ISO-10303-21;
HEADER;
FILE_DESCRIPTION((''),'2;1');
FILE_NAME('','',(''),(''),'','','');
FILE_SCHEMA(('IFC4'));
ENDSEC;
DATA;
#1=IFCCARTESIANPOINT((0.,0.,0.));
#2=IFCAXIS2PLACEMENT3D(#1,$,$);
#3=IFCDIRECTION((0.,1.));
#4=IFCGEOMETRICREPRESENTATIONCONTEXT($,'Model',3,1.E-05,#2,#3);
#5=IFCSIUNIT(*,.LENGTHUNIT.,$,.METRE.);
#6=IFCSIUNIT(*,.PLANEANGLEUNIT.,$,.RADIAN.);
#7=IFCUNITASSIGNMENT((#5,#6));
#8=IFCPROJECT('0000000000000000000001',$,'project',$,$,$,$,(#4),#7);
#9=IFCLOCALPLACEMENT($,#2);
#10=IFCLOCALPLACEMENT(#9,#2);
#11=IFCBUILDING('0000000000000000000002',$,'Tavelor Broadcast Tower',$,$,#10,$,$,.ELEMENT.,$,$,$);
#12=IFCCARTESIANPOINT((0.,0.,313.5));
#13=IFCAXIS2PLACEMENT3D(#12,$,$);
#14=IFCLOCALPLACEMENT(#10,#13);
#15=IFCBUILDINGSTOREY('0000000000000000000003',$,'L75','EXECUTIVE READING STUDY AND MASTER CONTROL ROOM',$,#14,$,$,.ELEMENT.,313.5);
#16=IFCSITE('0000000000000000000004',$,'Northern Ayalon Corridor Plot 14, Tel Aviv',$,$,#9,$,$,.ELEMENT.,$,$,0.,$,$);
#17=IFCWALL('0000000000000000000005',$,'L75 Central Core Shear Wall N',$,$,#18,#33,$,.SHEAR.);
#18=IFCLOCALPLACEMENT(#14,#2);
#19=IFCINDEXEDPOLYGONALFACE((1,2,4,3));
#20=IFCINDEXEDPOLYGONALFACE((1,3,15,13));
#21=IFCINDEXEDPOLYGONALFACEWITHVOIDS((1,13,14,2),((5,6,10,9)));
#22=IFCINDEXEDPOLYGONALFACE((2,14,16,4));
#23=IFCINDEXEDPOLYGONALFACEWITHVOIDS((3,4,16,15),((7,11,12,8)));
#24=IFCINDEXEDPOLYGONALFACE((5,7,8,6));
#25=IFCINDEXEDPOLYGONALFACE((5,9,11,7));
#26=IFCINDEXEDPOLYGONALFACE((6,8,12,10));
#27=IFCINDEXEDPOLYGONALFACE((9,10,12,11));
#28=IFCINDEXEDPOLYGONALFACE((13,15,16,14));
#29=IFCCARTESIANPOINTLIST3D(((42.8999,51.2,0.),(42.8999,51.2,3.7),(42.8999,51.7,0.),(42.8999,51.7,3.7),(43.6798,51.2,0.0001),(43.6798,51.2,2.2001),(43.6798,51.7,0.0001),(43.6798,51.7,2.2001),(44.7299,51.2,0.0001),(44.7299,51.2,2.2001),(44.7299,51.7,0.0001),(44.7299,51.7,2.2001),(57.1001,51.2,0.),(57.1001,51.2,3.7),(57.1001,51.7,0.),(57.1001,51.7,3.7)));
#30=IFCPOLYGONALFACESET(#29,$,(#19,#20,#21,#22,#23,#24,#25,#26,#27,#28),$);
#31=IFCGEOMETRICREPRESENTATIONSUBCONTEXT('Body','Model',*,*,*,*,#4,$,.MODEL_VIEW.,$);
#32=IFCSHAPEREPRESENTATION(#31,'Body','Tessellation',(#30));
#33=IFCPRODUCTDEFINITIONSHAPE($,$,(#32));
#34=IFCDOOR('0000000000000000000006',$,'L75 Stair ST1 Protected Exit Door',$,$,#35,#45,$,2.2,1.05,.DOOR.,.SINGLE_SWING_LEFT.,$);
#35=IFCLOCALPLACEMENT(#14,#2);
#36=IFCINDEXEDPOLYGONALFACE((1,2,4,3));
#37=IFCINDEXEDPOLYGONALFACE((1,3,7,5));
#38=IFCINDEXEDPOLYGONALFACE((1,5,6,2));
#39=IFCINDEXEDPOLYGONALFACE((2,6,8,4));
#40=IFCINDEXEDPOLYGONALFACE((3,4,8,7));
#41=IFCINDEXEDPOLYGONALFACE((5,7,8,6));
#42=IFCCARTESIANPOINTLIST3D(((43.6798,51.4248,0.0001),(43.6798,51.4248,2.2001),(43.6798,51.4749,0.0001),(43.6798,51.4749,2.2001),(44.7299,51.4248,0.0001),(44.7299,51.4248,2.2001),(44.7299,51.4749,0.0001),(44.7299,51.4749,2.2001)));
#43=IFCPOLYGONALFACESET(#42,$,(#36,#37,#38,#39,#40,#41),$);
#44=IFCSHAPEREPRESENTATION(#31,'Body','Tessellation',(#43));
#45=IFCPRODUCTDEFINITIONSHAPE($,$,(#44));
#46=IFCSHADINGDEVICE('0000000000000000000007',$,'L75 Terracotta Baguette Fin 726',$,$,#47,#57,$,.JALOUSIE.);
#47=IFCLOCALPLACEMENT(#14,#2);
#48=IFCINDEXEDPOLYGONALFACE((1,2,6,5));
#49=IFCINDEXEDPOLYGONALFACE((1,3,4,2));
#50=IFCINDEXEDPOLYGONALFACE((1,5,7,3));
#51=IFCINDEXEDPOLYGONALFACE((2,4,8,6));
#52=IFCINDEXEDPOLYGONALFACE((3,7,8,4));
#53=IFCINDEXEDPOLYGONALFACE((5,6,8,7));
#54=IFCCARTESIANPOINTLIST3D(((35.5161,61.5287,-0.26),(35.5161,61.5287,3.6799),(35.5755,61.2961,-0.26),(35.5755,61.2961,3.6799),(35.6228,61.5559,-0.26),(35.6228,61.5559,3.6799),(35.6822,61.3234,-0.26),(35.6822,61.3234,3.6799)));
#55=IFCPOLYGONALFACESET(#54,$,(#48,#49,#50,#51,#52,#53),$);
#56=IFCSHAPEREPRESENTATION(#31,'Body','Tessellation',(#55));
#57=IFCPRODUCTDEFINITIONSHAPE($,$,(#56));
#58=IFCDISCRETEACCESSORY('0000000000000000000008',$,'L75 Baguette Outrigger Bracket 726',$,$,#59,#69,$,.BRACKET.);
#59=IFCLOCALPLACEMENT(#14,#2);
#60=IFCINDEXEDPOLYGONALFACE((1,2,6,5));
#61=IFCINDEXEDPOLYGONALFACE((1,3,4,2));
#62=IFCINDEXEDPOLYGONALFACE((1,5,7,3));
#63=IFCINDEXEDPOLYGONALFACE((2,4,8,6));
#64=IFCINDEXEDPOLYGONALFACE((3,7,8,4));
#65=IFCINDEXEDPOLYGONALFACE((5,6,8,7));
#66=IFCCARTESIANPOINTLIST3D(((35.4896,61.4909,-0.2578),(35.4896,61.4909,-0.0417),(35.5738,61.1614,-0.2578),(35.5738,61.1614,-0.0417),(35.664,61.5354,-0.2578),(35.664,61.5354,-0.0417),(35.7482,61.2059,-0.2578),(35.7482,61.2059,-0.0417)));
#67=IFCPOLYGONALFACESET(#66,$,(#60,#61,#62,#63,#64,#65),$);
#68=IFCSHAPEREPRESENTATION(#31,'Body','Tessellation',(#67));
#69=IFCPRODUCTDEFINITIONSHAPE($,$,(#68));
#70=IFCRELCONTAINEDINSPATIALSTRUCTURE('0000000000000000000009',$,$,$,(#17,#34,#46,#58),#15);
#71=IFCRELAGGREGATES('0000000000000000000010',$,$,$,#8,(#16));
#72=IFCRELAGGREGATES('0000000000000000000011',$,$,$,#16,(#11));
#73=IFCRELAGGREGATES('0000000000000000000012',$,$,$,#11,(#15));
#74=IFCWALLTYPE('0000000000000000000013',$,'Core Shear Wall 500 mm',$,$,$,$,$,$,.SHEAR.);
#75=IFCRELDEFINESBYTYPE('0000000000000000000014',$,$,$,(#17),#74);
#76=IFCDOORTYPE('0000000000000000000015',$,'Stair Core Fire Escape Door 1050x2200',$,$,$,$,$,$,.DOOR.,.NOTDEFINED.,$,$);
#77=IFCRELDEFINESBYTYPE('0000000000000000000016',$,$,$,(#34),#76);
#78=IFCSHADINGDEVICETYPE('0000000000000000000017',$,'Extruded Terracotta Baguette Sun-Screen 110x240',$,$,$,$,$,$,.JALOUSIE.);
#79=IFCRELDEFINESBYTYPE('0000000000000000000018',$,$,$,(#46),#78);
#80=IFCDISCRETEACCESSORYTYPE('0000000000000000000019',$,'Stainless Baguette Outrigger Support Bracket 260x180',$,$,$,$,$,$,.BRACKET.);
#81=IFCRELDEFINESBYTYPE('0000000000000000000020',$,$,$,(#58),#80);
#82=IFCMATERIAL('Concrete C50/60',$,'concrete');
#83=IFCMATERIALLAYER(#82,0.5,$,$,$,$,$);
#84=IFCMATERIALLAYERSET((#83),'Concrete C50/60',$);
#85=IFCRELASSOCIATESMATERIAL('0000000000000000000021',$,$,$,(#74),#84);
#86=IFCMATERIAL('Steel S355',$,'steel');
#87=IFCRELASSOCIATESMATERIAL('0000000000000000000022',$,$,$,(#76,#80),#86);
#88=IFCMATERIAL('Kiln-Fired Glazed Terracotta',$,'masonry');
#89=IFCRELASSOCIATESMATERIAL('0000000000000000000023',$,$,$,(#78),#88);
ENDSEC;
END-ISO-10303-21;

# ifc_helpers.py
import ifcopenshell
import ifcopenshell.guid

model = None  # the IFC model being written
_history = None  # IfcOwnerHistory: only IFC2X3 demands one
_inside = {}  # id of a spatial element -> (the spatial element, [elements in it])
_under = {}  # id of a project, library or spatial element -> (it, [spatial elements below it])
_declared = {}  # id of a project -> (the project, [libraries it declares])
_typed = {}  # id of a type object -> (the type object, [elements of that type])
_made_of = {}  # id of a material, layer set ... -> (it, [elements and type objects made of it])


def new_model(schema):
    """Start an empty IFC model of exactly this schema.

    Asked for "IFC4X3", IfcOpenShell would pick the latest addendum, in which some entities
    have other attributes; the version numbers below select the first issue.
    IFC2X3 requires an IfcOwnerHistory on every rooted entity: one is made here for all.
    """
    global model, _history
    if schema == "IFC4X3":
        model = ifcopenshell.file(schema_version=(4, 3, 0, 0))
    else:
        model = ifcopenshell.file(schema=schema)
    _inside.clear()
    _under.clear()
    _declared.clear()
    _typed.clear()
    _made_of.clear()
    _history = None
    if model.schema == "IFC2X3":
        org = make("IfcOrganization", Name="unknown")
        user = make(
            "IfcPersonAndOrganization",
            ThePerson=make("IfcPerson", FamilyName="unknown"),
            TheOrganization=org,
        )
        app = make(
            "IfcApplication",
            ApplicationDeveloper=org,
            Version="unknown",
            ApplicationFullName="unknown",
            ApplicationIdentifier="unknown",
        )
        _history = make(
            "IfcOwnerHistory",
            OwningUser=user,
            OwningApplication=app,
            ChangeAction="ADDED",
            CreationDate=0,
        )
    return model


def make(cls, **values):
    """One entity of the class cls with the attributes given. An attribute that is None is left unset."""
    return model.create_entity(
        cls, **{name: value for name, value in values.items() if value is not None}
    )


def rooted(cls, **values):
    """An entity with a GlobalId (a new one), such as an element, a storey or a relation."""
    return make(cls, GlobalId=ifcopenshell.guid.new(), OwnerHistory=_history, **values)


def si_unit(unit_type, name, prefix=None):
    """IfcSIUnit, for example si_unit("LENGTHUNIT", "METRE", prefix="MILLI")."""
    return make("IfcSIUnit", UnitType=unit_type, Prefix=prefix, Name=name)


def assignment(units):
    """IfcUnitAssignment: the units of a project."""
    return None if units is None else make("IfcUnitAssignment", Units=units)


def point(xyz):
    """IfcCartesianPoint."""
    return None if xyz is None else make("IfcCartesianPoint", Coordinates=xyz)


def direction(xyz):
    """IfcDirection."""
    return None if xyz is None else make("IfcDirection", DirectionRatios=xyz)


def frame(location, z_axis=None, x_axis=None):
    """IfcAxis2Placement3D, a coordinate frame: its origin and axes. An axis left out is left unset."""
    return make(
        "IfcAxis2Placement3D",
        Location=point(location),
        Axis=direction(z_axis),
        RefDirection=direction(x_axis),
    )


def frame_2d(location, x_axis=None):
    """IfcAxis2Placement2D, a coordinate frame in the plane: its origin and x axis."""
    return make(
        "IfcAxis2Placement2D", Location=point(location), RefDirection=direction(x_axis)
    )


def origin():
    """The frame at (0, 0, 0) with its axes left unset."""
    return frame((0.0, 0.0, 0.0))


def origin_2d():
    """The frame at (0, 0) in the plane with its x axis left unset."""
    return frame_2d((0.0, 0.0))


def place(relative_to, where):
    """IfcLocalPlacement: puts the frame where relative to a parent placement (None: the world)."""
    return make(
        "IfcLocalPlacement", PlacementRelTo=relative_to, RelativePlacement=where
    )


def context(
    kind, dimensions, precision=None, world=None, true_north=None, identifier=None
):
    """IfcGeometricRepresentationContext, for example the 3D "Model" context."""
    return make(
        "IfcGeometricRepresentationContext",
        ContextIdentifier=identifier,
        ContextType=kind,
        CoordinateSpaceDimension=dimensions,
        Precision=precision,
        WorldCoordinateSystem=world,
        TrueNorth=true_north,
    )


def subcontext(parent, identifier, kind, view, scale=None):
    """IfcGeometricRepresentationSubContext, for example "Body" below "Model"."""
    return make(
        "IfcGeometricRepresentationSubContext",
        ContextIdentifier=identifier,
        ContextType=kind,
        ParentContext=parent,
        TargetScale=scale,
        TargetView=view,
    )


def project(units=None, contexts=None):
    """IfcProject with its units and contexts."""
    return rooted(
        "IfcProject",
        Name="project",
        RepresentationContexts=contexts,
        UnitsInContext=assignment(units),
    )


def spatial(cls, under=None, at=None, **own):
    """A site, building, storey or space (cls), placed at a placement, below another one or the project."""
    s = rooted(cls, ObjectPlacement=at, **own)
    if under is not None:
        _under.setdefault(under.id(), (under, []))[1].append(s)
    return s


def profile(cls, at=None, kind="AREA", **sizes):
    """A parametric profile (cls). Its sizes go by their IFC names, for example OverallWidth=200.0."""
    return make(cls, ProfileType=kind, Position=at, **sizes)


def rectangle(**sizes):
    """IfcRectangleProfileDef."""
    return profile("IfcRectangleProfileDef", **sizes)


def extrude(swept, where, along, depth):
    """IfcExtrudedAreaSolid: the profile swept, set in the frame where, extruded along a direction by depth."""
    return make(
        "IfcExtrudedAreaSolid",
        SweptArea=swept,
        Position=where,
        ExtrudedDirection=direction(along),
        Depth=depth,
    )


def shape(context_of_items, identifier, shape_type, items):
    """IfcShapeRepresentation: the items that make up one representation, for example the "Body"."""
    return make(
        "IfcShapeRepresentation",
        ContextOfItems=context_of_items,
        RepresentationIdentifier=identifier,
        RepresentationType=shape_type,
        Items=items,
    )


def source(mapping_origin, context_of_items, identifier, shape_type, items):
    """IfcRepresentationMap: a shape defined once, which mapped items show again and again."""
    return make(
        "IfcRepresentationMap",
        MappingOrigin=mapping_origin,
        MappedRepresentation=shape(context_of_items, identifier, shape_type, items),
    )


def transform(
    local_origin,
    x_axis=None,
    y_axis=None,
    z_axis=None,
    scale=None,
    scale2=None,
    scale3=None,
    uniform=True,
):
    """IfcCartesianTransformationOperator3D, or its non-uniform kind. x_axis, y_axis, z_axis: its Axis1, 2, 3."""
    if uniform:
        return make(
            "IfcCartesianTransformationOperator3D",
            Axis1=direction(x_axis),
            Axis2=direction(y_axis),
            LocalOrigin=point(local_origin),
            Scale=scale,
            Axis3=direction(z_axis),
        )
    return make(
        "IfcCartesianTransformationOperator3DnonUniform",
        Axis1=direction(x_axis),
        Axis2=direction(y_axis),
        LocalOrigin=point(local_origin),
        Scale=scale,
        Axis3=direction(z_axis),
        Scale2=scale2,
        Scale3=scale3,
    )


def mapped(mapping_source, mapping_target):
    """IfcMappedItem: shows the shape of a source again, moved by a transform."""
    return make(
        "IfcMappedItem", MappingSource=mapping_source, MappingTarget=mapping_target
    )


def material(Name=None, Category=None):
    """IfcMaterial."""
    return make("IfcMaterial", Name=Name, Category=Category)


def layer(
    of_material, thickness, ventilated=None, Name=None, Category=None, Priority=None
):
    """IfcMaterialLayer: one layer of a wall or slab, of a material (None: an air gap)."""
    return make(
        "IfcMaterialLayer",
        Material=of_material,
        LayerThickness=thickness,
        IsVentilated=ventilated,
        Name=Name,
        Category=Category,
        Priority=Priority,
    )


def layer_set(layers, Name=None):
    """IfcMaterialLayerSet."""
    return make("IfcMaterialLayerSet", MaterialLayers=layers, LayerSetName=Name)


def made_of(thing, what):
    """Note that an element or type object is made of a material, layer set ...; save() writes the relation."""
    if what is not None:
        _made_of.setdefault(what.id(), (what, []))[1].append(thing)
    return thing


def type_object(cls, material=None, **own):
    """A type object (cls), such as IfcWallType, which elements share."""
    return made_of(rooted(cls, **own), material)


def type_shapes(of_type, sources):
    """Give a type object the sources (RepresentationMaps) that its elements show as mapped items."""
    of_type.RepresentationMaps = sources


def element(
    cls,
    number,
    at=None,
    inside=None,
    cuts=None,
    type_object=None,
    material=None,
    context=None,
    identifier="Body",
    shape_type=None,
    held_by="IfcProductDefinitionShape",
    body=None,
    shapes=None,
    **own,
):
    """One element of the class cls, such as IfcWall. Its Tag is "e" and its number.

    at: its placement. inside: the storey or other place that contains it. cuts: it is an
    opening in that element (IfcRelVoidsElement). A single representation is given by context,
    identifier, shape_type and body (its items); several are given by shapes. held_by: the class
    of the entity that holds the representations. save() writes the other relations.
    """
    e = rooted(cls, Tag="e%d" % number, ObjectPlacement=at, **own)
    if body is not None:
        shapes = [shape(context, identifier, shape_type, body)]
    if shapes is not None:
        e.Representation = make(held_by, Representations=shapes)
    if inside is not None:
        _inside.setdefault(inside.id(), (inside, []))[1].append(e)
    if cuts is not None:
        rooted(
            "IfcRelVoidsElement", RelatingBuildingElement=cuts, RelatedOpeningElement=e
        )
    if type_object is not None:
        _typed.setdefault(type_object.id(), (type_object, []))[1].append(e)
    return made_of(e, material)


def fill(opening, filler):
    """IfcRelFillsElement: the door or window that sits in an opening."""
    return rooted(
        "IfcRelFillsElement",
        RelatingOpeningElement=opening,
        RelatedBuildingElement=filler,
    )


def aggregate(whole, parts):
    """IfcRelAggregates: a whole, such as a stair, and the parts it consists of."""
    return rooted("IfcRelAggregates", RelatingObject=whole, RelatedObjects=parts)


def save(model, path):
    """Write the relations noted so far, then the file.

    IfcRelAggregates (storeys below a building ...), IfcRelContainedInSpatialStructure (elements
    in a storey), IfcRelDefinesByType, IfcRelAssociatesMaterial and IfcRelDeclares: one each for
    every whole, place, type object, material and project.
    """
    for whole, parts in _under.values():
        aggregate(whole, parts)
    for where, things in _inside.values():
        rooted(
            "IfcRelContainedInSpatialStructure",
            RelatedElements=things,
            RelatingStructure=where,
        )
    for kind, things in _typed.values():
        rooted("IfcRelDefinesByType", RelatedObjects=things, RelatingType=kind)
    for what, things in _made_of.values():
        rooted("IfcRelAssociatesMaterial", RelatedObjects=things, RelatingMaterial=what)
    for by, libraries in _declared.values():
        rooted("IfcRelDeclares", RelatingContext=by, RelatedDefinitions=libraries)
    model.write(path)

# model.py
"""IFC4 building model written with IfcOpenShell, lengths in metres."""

from ifc_helpers import new_model, si_unit, direction, frame, frame_2d, origin, origin_2d, place, context, subcontext, project, spatial, rectangle, extrude, source, transform, mapped, material, layer, layer_set, type_object, type_shapes, element, fill, save


model = new_model("IFC4")

# Units and contexts
model_context = context("Model", 3, precision=1e-05, world=origin(), true_north=direction((0.0, 1.0)))
body_context = subcontext(model_context, "Body", "Model", "MODEL_VIEW")
ifc_project = project(units=[si_unit("LENGTHUNIT", "METRE"), si_unit("PLANEANGLEUNIT", "RADIAN")], contexts=[model_context])

# Site, building, storey
site_placement = place(None, origin())
site = spatial("IfcSite", under=ifc_project, at=site_placement, Name="Northern Ayalon Corridor Plot 14, Tel Aviv", CompositionType="ELEMENT", RefElevation=0.0)
building_placement = place(site_placement, origin())
building = spatial("IfcBuilding", under=site, at=building_placement, Name="Tavelor Broadcast Tower", CompositionType="ELEMENT")
storey_placement = place(building_placement, frame((0.0, 0.0, 313.5)))
storey = spatial("IfcBuildingStorey", under=building, at=storey_placement, Name="L75", Description="EXECUTIVE READING STUDY AND MASTER CONTROL ROOM", CompositionType="ELEMENT", Elevation=313.5)

# Shared definitions
ifc_material_1 = material(Name="Steel S355", Category="steel")

# Wall, opening, door
ifc_material_2 = material(Name="Concrete C50/60", Category="concrete")
ifc_layer_1 = layer(ifc_material_2, 0.5)
ifc_layer_set_1 = layer_set([ifc_layer_1], Name="Concrete C50/60")
wall_type = type_object("IfcWallType", Name="Core Shear Wall 500 mm", PredefinedType="SHEAR", material=ifc_layer_set_1)
wall_placement = place(storey_placement, frame((42.8999, 51.45, 0.0), z_axis=(0.0, 0.0, 1.0), x_axis=(1.0, 0.0, 0.0)))
wall = element("IfcWall", 1, at=wall_placement, inside=storey, type_object=wall_type, Name="L75 Central Core Shear Wall N", PredefinedType="SHEAR", context=body_context, shape_type="SweptSolid", body=[
    extrude(rectangle(XDim=14.2002, YDim=0.5, at=frame_2d((7.1001, 0.0))), origin(), (0.0, 0.0, 1.0), 3.7),
])
opening_placement = place(wall_placement, frame((0.78, 0.0, 0.0)))
opening = element("IfcOpeningElement", 2, at=opening_placement, cuts=wall, PredefinedType="OPENING", context=body_context, shape_type="SweptSolid", body=[
    extrude(rectangle(XDim=1.05, YDim=2.2, at=frame_2d((0.5249, 1.1001))), frame((0.0, 0.26, 0.0), z_axis=(0.0, -1.0, 0.0), x_axis=(1.0, 0.0, 0.0)), (0.0, 0.0, 1.0), 0.52),
])
door_type = type_object("IfcDoorType", Name="Stair Core Fire Escape Door 1050x2200", OperationType="NOTDEFINED", PredefinedType="DOOR", material=ifc_material_1)
door_placement = place(opening_placement, origin())
door = element("IfcDoor", 3, at=door_placement, inside=storey, type_object=door_type, Name="L75 Stair ST1 Protected Exit Door", OperationType="SINGLE_SWING_LEFT", OverallHeight=2.2, OverallWidth=1.05, PredefinedType="DOOR", context=body_context, shape_type="SweptSolid", body=[
    extrude(rectangle(XDim=1.05, YDim=2.2, at=frame_2d((0.5249, 1.1001))), frame((0.0, 0.0249, 0.0), z_axis=(0.0, -1.0, 0.0), x_axis=(1.0, 0.0, 0.0)), (0.0, 0.0, 1.0), 0.05),
])
fill(opening, door)

# Shading device
ifc_material_3 = material(Name="Kiln-Fired Glazed Terracotta", Category="masonry")
shading_device_type = type_object("IfcShadingDeviceType", Name="Extruded Terracotta Baguette Sun-Screen 110x240", PredefinedType="JALOUSIE", material=ifc_material_3)
shared_shape_1 = source(origin(), body_context, "Body", "SweptSolid", [
    extrude(rectangle(XDim=0.1101, YDim=0.24, at=origin_2d()), origin(), (0.0, 0.0, 1.0), 3.9399),
])
type_shapes(shading_device_type, [shared_shape_1])
shading_device_placement = place(storey_placement, frame((35.5991, 61.426, -0.26), z_axis=(0.0, 0.0, 1.0), x_axis=(-0.968886, -0.247506, 0.0)))
element("IfcShadingDevice", 4, at=shading_device_placement, inside=storey, type_object=shading_device_type, Name="L75 Terracotta Baguette Fin 726", PredefinedType="JALOUSIE", context=body_context, shape_type="MappedRepresentation", body=[
    mapped(shared_shape_1, transform((0.0, 0.0, 0.0), scale=1.0)),
])

# Discrete accessory
discrete_accessory_type = type_object("IfcDiscreteAccessoryType", Name="Stainless Baguette Outrigger Support Bracket 260x180", PredefinedType="BRACKET", material=ifc_material_1)
shared_shape_2 = source(origin(), body_context, "Body", "SweptSolid", [
    extrude(rectangle(XDim=0.1799, YDim=0.3401, at=origin_2d()), origin(), (0.0, 0.0, 1.0), 0.2161),
])
type_shapes(discrete_accessory_type, [shared_shape_2])
discrete_accessory_placement = place(storey_placement, frame((35.6189, 61.3484, -0.2578), z_axis=(0.0, 0.0, 1.0), x_axis=(-0.968886, -0.247506, 0.0)))
element("IfcDiscreteAccessory", 5, at=discrete_accessory_placement, inside=storey, type_object=discrete_accessory_type, Name="L75 Baguette Outrigger Bracket 726", PredefinedType="BRACKET", context=body_context, shape_type="MappedRepresentation", body=[
    mapped(shared_shape_2, transform((0.0, 0.0, 0.0), scale=1.0)),
])

save(model, "model.ifc")
